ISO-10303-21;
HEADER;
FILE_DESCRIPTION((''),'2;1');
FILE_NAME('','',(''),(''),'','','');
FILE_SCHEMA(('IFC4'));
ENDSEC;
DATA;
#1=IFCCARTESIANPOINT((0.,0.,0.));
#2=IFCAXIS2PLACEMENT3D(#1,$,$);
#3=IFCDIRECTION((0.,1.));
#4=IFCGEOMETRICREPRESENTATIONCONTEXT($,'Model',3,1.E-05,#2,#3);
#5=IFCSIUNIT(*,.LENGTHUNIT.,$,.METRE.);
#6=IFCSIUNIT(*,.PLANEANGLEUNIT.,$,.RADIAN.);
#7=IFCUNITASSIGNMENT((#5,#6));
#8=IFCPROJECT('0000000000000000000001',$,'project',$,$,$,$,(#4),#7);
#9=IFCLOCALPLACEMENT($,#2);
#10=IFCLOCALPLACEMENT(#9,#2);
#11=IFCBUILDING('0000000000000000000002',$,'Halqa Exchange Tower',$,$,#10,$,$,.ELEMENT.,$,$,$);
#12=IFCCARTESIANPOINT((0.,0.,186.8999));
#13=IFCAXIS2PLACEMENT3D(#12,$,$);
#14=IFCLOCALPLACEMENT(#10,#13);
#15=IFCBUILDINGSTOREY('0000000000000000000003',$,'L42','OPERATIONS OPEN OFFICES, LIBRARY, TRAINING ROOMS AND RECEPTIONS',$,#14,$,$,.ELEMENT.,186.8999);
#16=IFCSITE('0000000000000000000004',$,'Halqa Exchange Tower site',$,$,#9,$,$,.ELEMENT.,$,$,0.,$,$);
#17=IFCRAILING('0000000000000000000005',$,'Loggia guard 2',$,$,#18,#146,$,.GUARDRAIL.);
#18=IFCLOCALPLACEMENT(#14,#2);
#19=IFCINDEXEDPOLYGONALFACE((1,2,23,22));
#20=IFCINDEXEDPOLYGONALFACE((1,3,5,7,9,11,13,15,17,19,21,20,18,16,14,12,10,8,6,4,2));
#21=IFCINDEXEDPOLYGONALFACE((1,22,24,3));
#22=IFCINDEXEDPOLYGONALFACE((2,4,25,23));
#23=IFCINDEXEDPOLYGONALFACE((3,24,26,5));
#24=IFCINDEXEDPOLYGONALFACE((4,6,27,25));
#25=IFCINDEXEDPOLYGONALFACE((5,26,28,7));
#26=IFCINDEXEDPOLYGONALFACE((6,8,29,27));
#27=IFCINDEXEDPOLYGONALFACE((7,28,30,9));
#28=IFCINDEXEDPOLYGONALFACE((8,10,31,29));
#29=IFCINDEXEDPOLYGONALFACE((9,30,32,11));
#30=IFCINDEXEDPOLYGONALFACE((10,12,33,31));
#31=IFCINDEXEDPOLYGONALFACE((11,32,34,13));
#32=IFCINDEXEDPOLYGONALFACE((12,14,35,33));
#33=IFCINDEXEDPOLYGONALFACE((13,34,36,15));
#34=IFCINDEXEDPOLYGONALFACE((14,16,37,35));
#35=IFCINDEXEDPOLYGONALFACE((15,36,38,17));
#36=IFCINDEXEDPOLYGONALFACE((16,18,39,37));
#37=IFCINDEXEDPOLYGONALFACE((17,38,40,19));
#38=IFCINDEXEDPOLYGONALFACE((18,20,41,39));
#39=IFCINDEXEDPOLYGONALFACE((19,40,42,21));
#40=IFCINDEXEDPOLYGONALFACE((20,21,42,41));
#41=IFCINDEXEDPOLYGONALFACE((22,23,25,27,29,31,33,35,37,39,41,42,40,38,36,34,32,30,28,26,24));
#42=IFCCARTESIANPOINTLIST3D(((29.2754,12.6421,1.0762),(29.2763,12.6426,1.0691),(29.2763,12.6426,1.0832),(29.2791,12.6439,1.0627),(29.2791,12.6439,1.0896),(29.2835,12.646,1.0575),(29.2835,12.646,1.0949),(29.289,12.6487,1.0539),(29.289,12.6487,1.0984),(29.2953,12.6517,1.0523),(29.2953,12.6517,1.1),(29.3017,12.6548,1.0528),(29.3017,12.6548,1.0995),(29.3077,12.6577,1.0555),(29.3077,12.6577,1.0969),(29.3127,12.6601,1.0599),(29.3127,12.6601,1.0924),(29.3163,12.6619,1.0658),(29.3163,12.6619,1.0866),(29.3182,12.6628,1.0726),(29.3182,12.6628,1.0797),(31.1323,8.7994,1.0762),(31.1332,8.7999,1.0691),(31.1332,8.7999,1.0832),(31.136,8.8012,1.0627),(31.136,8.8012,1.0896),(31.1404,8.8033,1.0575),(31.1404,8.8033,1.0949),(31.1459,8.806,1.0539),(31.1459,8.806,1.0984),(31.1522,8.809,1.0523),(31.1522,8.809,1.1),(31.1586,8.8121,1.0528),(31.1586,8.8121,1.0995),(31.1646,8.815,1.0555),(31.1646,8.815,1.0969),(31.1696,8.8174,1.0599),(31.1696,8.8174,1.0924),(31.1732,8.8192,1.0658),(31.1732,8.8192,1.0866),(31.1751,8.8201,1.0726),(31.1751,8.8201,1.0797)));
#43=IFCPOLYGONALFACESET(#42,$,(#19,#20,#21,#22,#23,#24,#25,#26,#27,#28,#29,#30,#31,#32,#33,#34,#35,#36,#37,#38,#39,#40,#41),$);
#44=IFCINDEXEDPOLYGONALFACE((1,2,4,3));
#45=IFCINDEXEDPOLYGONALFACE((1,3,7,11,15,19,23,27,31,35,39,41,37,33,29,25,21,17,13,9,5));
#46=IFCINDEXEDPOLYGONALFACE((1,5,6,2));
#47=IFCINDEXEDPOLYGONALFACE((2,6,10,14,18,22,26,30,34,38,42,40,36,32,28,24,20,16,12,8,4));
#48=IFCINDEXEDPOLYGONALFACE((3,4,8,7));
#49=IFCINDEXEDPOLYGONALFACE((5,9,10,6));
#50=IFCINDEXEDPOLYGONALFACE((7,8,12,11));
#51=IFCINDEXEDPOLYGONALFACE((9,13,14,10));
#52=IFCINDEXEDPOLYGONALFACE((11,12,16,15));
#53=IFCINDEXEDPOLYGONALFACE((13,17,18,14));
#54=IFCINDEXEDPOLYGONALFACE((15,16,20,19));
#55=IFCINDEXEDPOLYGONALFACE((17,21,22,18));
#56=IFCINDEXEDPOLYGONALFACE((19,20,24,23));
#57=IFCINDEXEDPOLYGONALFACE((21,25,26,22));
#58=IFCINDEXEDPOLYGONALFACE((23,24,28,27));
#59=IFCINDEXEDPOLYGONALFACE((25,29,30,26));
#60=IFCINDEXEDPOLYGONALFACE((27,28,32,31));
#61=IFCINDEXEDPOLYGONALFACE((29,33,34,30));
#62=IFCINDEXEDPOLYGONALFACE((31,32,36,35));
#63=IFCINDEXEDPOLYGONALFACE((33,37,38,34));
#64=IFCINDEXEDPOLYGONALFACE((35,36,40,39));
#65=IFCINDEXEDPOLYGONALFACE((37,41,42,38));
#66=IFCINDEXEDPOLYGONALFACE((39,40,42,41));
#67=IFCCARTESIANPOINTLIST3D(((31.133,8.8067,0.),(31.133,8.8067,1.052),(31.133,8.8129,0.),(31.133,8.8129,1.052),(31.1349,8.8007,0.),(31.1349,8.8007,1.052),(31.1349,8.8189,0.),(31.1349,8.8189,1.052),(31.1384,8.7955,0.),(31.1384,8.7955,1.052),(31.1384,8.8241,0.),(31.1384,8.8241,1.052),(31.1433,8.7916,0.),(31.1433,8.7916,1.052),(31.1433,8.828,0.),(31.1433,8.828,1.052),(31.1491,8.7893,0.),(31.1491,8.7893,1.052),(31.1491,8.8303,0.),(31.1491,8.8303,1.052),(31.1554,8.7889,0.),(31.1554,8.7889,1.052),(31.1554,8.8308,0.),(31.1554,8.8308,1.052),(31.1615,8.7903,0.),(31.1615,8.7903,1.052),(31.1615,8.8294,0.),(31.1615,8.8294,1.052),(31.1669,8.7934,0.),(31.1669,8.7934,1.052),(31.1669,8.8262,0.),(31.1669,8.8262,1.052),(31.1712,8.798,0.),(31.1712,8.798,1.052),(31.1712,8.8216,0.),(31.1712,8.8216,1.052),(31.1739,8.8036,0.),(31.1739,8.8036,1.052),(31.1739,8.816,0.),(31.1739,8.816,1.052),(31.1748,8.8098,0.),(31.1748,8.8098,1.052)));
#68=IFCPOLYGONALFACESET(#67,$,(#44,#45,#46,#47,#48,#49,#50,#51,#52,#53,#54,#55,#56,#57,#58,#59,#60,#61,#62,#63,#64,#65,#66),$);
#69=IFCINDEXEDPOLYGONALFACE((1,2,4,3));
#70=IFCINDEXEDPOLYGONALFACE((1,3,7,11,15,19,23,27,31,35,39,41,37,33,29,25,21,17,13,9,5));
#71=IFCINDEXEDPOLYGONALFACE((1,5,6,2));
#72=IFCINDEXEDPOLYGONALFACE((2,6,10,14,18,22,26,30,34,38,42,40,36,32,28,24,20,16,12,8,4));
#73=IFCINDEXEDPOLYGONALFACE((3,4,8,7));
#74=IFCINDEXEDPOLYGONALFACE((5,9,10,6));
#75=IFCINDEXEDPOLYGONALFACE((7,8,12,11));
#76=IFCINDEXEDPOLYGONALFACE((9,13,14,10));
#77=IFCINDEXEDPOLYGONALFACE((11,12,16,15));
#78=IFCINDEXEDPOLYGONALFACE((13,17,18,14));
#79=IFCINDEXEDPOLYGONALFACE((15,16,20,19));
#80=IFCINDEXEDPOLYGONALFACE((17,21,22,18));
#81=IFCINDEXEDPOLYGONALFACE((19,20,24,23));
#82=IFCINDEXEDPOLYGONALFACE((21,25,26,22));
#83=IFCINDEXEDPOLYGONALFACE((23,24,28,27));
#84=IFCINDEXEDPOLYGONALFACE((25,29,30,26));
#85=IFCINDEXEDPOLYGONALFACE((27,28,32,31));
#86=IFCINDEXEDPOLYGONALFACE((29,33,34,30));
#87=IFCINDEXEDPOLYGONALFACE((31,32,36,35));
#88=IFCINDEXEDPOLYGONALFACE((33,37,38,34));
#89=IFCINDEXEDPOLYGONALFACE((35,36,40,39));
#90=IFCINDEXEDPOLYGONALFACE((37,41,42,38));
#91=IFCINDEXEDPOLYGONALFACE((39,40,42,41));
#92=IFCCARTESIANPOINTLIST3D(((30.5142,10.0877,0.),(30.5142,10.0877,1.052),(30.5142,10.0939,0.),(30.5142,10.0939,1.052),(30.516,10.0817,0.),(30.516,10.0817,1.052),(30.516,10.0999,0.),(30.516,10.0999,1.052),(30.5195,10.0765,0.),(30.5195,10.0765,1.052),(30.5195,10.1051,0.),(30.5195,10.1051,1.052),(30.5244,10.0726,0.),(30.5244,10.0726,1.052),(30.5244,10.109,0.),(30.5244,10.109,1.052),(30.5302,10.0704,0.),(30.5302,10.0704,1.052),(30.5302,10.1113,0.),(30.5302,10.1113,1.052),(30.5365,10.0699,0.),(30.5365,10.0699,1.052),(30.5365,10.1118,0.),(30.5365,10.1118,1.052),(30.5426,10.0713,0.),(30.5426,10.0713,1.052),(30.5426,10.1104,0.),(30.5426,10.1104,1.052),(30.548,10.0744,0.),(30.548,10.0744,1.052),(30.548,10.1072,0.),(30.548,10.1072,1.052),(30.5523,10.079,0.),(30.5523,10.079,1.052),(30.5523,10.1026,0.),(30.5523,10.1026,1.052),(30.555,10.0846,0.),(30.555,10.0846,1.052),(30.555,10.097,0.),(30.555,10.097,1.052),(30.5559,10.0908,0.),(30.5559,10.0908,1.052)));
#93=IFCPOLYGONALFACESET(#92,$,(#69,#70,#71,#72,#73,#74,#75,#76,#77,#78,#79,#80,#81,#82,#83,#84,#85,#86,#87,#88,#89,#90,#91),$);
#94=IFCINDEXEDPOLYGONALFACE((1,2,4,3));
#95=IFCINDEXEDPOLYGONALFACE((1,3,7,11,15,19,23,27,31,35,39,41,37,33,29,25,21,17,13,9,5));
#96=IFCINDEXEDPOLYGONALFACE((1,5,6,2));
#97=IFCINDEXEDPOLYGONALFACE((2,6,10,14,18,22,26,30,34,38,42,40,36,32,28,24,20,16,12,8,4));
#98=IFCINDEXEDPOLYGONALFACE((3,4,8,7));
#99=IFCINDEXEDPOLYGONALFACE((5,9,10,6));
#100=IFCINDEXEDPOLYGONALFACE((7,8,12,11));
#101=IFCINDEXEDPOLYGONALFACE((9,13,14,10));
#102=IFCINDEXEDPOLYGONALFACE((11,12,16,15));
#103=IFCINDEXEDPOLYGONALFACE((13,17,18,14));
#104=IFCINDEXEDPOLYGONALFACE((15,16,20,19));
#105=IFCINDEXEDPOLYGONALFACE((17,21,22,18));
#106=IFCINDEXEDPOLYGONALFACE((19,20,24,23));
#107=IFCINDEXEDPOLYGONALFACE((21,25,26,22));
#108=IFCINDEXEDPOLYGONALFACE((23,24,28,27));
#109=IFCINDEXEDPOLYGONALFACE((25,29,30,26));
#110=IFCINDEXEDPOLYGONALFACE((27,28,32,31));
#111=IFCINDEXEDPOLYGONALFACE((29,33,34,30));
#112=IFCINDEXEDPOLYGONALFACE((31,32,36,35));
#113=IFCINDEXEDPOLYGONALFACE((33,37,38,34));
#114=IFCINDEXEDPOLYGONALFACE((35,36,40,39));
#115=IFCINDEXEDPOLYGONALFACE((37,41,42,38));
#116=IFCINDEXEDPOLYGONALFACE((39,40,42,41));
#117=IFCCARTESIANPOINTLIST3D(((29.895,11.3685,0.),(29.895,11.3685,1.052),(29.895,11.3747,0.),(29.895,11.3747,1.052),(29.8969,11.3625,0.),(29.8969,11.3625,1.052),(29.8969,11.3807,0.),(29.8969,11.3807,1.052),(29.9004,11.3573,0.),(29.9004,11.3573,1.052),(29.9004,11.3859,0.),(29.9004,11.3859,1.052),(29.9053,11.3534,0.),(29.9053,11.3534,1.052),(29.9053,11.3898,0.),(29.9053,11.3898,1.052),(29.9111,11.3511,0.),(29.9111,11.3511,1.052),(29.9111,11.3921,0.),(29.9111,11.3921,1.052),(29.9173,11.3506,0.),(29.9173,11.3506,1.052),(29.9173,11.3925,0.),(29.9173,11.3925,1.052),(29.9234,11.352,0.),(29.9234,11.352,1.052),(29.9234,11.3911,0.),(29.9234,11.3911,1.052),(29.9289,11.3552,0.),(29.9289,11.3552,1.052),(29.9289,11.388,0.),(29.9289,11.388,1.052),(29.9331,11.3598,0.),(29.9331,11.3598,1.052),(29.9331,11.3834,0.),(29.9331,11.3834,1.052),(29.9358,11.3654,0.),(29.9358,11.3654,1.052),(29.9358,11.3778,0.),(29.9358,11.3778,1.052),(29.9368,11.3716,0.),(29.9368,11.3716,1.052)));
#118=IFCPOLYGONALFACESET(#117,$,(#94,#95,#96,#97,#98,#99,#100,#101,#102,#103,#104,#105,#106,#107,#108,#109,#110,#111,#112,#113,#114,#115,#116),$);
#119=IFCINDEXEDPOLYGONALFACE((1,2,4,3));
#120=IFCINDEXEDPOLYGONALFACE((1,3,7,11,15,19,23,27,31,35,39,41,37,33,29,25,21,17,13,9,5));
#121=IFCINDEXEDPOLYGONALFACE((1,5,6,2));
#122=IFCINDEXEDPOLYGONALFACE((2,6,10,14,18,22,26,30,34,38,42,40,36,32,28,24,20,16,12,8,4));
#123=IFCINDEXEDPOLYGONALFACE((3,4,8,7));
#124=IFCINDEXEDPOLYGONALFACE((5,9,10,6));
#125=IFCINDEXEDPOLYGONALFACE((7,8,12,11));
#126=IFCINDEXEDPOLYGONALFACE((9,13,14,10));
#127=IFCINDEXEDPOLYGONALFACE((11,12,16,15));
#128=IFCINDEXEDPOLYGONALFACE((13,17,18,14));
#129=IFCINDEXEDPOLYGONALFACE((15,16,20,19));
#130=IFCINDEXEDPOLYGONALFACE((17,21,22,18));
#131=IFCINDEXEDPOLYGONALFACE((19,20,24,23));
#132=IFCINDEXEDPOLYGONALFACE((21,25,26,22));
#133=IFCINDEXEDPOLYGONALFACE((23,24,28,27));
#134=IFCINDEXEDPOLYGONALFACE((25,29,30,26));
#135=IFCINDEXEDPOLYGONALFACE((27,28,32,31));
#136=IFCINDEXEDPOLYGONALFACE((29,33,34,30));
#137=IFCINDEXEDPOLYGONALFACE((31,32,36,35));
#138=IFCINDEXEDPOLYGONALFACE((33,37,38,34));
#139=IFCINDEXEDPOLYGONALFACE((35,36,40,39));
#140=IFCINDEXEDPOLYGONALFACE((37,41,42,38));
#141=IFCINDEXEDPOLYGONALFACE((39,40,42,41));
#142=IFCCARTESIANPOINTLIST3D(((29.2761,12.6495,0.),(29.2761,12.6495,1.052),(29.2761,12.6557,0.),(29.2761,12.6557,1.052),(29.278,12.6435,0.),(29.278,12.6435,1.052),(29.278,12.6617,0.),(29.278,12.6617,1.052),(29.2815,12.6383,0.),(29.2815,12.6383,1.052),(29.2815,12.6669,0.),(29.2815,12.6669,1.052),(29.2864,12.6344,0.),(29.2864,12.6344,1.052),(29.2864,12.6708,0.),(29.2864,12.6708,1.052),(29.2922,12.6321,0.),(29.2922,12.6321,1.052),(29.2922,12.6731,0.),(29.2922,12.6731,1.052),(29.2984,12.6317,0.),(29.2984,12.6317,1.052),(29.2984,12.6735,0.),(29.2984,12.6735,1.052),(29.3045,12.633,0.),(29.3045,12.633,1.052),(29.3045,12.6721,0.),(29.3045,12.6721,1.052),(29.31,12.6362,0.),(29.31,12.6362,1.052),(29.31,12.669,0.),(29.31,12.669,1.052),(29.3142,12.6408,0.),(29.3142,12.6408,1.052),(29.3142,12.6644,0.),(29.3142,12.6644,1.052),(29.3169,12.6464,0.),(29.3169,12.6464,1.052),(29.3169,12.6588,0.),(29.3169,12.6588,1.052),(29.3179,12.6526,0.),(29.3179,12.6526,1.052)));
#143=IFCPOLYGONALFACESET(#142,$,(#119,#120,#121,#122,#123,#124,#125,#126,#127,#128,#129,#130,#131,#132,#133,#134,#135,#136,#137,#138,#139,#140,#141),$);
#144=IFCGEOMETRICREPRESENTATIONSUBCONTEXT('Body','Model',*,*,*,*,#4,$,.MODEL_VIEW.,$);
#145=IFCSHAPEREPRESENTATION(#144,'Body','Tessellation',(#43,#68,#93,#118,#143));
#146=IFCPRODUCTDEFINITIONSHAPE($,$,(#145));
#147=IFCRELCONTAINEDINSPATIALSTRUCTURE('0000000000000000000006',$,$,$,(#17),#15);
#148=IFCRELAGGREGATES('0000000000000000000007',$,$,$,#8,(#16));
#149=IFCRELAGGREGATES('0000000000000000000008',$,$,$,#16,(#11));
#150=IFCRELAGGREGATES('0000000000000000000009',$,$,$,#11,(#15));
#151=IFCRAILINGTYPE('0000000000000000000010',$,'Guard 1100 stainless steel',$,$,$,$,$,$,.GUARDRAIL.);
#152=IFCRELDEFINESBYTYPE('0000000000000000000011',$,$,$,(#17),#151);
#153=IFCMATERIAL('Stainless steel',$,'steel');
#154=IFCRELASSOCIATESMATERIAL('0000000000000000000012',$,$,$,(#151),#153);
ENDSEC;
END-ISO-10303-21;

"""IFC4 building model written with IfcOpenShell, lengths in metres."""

from ifc_helpers import new_model, si_unit, direction, frame, origin, origin_2d, place, context, subcontext, project, spatial, circle, extrude, material, type_object, element, save


model = new_model("IFC4")

# Units and contexts
model_context = context("Model", 3, precision=1e-05, world=origin(), true_north=direction((0.0, 1.0)))
body_context = subcontext(model_context, "Body", "Model", "MODEL_VIEW")
ifc_project = project(units=[si_unit("LENGTHUNIT", "METRE"), si_unit("PLANEANGLEUNIT", "RADIAN")], contexts=[model_context])

# Site, building, storey
site_placement = place(None, origin())
site = spatial("IfcSite", under=ifc_project, at=site_placement, Name="Halqa Exchange Tower site", CompositionType="ELEMENT", RefElevation=0.0)
building_placement = place(site_placement, origin())
building = spatial("IfcBuilding", under=site, at=building_placement, Name="Halqa Exchange Tower", CompositionType="ELEMENT")
storey_placement = place(building_placement, frame((0.0, 0.0, 186.8999)))
storey = spatial("IfcBuildingStorey", under=building, at=storey_placement, Name="L42", Description="OPERATIONS OPEN OFFICES, LIBRARY, TRAINING ROOMS AND RECEPTIONS", CompositionType="ELEMENT", Elevation=186.8999)

# Railing
ifc_material_1 = material(Name="Stainless steel", Category="steel")
railing_type = type_object("IfcRailingType", Name="Guard 1100 stainless steel", PredefinedType="GUARDRAIL", material=ifc_material_1)
railing_1_placement = place(storey_placement, frame((31.1538, 8.8098, 0.0)))
element("IfcRailing", 1, at=railing_1_placement, inside=storey, type_object=railing_type, Name="Loggia guard 2", PredefinedType="GUARDRAIL", context=body_context, shape_type="SweptSolid", body=[
    extrude(circle(Radius=0.0239, at=origin_2d()), frame((0.0, 0.0, 1.0762), z_axis=(-0.435091, 0.900386, 0.0), x_axis=(-0.900386, -0.435091, 0.0)), (0.0, 0.0, 1.0), 4.2678),
    extrude(circle(Radius=0.021, at=origin_2d()), origin(), (0.0, 0.0, 1.0), 1.052),
    extrude(circle(Radius=0.021, at=origin_2d()), frame((-0.6189, 1.281, 0.0)), (0.0, 0.0, 1.0), 1.052),
    extrude(circle(Radius=0.021, at=origin_2d()), frame((-1.238, 2.5618, 0.0)), (0.0, 0.0, 1.0), 1.052),
    extrude(circle(Radius=0.021, at=origin_2d()), frame((-1.8569, 3.8428, 0.0)), (0.0, 0.0, 1.0), 1.052),
])

save(model, "model.ifc")
